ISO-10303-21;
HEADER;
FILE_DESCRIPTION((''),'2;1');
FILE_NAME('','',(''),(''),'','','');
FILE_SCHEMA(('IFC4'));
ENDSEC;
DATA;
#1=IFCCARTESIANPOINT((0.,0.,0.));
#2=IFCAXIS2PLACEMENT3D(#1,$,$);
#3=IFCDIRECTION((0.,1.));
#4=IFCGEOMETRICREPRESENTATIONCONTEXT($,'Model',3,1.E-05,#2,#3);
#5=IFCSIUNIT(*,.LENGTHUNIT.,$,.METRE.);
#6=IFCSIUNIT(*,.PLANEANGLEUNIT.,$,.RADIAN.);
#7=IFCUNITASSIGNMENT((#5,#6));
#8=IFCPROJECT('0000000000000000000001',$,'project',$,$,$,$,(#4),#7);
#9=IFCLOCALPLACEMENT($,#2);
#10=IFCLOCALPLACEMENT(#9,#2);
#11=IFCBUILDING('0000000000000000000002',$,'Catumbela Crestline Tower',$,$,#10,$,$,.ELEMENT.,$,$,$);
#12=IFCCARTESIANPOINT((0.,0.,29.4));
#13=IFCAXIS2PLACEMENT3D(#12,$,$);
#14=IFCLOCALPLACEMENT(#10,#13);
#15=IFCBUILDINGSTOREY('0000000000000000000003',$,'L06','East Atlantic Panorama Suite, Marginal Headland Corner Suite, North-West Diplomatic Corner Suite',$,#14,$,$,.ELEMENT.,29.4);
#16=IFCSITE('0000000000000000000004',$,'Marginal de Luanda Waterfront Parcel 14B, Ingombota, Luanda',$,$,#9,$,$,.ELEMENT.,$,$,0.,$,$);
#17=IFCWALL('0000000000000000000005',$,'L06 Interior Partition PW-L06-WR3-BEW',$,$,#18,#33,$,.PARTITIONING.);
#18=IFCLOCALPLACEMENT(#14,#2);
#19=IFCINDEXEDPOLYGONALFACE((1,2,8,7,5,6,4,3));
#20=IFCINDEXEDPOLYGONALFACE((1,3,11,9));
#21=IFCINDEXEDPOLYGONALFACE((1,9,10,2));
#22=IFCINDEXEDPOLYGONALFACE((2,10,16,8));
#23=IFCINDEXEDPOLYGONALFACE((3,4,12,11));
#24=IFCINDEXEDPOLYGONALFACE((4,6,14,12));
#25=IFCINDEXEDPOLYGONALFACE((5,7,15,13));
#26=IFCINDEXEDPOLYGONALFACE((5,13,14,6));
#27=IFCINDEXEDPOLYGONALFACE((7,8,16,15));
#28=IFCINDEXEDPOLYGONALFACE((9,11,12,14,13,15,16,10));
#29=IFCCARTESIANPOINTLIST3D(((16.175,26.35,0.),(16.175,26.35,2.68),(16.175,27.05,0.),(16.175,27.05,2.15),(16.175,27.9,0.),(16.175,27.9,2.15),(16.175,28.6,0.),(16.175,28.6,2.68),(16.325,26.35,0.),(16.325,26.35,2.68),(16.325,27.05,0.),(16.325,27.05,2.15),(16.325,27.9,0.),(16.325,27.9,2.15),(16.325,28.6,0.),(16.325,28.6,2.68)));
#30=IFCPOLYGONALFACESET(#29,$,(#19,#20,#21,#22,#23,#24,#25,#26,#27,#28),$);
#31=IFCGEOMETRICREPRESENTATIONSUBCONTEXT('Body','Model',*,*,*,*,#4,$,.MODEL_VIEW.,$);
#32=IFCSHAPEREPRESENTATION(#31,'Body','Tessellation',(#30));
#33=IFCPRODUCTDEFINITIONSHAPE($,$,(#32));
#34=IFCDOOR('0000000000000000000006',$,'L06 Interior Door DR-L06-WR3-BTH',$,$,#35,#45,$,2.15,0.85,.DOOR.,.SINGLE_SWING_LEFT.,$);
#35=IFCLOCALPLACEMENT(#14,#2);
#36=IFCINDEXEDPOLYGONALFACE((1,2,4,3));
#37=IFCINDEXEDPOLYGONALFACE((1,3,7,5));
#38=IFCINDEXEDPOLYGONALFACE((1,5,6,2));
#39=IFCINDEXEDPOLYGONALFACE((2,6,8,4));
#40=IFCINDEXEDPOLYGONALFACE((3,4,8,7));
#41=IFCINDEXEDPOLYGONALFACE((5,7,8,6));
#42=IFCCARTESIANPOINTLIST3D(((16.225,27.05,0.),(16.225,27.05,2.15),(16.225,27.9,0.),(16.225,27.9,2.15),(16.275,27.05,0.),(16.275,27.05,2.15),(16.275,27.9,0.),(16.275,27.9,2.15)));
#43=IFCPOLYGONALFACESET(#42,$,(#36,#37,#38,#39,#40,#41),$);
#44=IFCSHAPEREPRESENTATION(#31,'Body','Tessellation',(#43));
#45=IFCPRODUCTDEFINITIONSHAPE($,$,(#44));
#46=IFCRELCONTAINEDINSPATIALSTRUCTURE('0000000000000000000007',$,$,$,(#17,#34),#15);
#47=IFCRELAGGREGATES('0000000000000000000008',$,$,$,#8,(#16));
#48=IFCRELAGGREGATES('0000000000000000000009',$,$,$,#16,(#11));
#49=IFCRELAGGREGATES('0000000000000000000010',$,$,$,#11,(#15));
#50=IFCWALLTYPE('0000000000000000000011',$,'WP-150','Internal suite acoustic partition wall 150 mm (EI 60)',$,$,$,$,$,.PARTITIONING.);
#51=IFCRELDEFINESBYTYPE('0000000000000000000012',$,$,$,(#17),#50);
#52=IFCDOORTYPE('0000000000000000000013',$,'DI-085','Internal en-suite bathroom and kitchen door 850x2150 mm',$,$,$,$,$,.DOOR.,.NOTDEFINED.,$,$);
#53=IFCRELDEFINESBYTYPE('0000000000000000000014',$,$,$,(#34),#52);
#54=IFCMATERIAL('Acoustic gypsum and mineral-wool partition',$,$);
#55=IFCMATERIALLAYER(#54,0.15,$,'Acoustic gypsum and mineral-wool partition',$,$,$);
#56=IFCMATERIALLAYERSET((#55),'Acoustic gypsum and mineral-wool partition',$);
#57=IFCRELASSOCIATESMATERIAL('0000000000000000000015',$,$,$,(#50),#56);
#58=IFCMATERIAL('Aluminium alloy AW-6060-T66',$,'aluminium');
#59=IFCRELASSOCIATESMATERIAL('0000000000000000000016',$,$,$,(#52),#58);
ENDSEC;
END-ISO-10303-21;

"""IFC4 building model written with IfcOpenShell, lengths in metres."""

from ifc_helpers import new_model, si_unit, direction, frame, frame_2d, origin, place, context, subcontext, project, spatial, rectangle, extrude, material, layer, layer_set, type_object, element, fill, save


model = new_model("IFC4")

# Units and contexts
model_context = context("Model", 3, precision=1e-05, world=origin(), true_north=direction((0.0, 1.0)))
body_context = subcontext(model_context, "Body", "Model", "MODEL_VIEW")
ifc_project = project(units=[si_unit("LENGTHUNIT", "METRE"), si_unit("PLANEANGLEUNIT", "RADIAN")], contexts=[model_context])

# Site, building, storey
site_placement = place(None, origin())
site = spatial("IfcSite", under=ifc_project, at=site_placement, Name="Marginal de Luanda Waterfront Parcel 14B, Ingombota, Luanda", CompositionType="ELEMENT", RefElevation=0.0)
building_placement = place(site_placement, origin())
building = spatial("IfcBuilding", under=site, at=building_placement, Name="Catumbela Crestline Tower", CompositionType="ELEMENT")
storey_placement = place(building_placement, frame((0.0, 0.0, 29.4)))
storey = spatial("IfcBuildingStorey", under=building, at=storey_placement, Name="L06", Description="East Atlantic Panorama Suite, Marginal Headland Corner Suite, North-West Diplomatic Corner Suite", CompositionType="ELEMENT", Elevation=29.4)

# Shared definitions
ifc_material_1 = material(Name="Acoustic gypsum and mineral-wool partition")
ifc_material_2 = material(Name="Aluminium alloy AW-6060-T66", Category="aluminium")

# Shared definitions
ifc_layer_1 = layer(ifc_material_1, 0.15, Name="Acoustic gypsum and mineral-wool partition")
ifc_layer_set_1 = layer_set([ifc_layer_1], Name="Acoustic gypsum and mineral-wool partition")
wall_type_1 = type_object("IfcWallType", Name="WP-150", Description="Internal suite acoustic partition wall 150 mm (EI 60)", PredefinedType="PARTITIONING", material=ifc_layer_set_1)

# Shared definitions
door_type_1 = type_object("IfcDoorType", Name="DI-085", Description="Internal en-suite bathroom and kitchen door 850x2150 mm", OperationType="NOTDEFINED", PredefinedType="DOOR", material=ifc_material_2)

# Wall, opening, door
wall_1_placement = place(storey_placement, frame((16.25, 26.35, 0.0), z_axis=(0.0, 0.0, 1.0), x_axis=(0.0, 1.0, 0.0)))
wall_1 = element("IfcWall", 1, at=wall_1_placement, inside=storey, type_object=wall_type_1, Name="L06 Interior Partition PW-L06-WR3-BEW", PredefinedType="PARTITIONING", context=body_context, shape_type="SweptSolid", body=[
    extrude(rectangle(XDim=2.25, YDim=0.15, at=frame_2d((1.125, 0.0))), origin(), (0.0, 0.0, 1.0), 2.68),
])
opening_1_placement = place(wall_1_placement, frame((0.7, 0.0, 0.0)))
opening_1 = element("IfcOpeningElement", 2, at=opening_1_placement, cuts=wall_1, PredefinedType="OPENING", context=body_context, shape_type="SweptSolid", body=[
    extrude(rectangle(XDim=0.85, YDim=2.15, at=frame_2d((0.425, 1.075))), frame((0.0, 0.085, 0.0), z_axis=(0.0, -1.0, 0.0), x_axis=(1.0, 0.0, 0.0)), (0.0, 0.0, 1.0), 0.17),
])
door_1_placement = place(opening_1_placement, origin())
door_1 = element("IfcDoor", 3, at=door_1_placement, inside=storey, type_object=door_type_1, Name="L06 Interior Door DR-L06-WR3-BTH", OperationType="SINGLE_SWING_LEFT", OverallHeight=2.15, OverallWidth=0.85, PredefinedType="DOOR", context=body_context, shape_type="SweptSolid", body=[
    extrude(rectangle(XDim=0.85, YDim=2.15, at=frame_2d((0.425, 1.075))), frame((0.0, 0.025, 0.0), z_axis=(0.0, -1.0, 0.0), x_axis=(1.0, 0.0, 0.0)), (0.0, 0.0, 1.0), 0.05),
])
fill(opening_1, door_1)

save(model, "model.ifc")
